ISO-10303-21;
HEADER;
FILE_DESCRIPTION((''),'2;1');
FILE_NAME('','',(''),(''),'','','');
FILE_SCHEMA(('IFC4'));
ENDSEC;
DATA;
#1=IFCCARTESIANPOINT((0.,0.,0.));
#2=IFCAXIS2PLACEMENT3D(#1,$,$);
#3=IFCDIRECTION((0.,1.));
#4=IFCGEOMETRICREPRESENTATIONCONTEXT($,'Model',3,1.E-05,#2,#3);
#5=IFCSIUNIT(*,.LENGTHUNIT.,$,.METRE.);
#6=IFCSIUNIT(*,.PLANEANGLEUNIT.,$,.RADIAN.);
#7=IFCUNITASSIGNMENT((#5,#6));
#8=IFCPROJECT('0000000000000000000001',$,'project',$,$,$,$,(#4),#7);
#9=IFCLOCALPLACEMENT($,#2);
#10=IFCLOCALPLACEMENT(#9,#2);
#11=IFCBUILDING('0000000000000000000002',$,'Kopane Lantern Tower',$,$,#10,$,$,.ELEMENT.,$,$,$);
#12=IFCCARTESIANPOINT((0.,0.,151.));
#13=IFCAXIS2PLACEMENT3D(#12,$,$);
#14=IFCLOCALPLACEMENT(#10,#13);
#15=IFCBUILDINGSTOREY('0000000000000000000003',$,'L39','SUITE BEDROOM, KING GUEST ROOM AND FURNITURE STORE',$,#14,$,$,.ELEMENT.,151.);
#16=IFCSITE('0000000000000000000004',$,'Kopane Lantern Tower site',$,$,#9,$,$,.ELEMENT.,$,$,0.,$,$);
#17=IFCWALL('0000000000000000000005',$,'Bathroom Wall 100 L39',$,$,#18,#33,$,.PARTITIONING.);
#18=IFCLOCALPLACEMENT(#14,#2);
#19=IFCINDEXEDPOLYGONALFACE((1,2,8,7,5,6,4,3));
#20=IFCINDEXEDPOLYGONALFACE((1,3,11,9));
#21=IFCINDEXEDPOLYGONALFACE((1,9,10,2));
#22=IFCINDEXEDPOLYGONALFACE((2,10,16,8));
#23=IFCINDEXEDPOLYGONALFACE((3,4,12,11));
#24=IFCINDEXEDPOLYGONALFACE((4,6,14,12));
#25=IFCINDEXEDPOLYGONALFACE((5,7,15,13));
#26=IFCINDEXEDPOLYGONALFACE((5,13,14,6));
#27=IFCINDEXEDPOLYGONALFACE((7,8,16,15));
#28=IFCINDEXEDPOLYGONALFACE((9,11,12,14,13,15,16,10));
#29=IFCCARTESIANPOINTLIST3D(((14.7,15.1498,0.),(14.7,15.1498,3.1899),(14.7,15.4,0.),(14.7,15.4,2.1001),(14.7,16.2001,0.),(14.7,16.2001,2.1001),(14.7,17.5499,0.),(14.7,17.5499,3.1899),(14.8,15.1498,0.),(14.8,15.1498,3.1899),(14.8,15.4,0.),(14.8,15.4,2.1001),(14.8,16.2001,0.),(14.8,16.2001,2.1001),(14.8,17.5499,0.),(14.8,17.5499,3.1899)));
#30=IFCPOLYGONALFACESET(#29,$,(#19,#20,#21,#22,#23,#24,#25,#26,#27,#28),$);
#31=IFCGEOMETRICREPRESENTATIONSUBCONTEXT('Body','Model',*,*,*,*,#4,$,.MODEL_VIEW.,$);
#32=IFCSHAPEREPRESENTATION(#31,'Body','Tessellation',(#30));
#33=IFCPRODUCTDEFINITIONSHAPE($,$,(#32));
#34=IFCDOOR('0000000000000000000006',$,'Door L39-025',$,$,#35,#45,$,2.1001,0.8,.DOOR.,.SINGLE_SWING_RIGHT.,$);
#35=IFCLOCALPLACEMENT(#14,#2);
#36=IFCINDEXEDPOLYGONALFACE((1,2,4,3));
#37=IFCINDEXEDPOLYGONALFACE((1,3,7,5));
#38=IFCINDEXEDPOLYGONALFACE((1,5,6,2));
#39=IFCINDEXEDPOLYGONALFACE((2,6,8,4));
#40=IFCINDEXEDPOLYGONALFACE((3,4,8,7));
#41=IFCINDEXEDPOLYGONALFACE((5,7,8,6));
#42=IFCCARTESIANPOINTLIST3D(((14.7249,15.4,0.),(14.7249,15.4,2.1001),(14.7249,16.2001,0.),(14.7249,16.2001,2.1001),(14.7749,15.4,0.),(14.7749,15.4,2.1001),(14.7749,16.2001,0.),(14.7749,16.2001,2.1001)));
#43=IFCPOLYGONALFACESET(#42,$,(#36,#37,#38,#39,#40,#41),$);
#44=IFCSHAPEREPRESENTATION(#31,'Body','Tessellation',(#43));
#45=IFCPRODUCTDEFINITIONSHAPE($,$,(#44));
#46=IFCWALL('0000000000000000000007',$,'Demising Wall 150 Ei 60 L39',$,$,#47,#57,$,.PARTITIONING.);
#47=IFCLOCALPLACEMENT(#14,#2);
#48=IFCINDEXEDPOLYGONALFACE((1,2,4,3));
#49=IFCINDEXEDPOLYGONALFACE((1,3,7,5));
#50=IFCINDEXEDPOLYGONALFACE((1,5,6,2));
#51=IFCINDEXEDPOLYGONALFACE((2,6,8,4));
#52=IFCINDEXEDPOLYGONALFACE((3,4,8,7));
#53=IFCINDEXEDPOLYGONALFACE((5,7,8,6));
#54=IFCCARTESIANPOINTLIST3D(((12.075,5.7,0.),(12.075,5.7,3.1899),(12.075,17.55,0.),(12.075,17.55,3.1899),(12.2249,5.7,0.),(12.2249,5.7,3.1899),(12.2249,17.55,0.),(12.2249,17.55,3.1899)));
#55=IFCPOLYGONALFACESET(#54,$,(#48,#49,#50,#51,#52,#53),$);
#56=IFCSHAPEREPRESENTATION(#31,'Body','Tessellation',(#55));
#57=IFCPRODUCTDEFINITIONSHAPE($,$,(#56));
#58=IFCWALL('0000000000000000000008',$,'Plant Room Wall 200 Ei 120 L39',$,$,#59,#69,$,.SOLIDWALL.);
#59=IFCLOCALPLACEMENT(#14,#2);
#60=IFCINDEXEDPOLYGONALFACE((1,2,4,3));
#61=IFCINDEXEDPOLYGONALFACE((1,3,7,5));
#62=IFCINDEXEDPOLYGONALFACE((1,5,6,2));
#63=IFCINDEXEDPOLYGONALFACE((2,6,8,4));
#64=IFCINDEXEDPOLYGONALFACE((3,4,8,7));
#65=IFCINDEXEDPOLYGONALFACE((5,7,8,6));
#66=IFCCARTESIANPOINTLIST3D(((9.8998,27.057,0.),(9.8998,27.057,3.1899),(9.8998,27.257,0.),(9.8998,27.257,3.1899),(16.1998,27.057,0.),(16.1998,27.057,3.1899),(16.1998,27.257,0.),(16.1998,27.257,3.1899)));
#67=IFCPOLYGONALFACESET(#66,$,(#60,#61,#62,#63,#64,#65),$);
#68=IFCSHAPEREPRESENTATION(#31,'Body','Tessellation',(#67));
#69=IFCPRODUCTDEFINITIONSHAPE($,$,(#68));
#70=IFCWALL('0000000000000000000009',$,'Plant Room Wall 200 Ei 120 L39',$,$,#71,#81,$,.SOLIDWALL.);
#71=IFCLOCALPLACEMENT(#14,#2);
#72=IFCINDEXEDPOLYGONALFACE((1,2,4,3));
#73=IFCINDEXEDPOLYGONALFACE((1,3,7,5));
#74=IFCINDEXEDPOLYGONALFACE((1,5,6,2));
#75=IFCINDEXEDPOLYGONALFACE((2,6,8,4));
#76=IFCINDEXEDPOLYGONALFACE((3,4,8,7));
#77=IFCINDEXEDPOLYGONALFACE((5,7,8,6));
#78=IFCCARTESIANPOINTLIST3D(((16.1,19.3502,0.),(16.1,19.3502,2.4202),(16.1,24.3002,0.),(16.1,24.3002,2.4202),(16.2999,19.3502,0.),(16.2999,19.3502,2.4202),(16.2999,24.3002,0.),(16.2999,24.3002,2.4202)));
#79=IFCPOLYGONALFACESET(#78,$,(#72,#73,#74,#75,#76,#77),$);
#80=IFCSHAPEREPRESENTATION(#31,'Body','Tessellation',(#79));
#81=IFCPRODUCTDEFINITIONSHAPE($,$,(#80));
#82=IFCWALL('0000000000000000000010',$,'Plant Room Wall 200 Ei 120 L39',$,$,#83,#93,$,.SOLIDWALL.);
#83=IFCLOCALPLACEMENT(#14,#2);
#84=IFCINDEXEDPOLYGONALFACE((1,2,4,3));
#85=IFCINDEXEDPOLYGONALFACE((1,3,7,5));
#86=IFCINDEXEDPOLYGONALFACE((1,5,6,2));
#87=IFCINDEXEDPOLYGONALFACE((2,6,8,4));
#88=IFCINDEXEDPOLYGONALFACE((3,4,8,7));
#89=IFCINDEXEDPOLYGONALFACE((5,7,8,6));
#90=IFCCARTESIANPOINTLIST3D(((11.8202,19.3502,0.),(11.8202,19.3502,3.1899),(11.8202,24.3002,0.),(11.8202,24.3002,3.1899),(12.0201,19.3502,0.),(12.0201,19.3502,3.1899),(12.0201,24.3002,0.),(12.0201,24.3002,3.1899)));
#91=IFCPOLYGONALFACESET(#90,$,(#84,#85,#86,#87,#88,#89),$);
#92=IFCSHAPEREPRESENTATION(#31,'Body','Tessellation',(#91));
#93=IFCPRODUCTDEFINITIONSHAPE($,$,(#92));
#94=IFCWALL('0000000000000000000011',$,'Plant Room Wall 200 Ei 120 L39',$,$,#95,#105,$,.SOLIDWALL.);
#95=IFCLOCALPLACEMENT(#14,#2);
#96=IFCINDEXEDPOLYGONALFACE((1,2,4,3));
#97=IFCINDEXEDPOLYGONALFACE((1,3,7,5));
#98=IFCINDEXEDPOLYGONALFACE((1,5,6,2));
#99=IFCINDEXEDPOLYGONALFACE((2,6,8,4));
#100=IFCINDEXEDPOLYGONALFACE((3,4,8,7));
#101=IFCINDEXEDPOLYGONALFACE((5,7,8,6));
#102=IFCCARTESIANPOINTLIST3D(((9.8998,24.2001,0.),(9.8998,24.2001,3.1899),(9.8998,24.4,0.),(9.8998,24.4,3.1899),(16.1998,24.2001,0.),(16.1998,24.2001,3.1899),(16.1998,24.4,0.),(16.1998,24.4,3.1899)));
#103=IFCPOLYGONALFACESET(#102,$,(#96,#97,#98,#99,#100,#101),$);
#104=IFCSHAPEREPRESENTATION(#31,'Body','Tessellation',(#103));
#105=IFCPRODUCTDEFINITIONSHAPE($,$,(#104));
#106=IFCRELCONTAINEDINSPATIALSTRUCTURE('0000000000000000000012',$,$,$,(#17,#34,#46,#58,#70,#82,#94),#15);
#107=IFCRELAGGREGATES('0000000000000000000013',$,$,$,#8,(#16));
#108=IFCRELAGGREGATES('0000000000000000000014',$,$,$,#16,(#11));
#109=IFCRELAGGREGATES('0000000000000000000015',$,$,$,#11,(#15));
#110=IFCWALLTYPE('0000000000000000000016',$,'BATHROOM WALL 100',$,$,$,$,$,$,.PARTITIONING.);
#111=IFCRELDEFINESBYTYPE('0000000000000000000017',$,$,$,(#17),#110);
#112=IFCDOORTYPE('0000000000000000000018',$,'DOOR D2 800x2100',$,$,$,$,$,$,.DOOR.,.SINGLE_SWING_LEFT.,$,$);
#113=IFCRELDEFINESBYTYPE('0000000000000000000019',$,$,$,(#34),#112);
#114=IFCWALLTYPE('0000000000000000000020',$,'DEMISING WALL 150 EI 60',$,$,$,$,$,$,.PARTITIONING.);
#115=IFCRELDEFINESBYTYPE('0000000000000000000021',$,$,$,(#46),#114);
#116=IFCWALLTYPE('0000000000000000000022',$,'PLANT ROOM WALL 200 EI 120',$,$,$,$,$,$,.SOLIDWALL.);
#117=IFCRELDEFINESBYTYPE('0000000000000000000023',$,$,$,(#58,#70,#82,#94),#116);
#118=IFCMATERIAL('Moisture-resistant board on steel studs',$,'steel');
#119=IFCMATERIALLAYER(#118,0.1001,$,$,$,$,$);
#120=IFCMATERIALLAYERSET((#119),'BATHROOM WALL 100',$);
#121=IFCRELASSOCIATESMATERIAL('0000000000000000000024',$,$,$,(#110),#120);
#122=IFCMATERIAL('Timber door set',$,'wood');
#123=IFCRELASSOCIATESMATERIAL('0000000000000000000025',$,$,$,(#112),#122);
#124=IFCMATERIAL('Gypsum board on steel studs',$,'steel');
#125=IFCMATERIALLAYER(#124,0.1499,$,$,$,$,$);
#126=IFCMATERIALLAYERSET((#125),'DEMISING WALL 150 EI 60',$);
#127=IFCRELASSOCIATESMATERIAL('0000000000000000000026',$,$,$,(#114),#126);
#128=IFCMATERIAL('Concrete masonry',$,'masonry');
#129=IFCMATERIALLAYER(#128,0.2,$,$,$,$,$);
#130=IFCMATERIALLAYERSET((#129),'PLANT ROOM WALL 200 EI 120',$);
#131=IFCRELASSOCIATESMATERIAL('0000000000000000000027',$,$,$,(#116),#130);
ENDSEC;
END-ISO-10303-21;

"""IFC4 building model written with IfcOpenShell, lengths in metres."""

from ifc_helpers import new_model, si_unit, direction, frame, frame_2d, origin, place, context, subcontext, project, spatial, rectangle, extrude, material, layer, layer_set, type_object, element, fill, save


model = new_model("IFC4")

# Units and contexts
model_context = context("Model", 3, precision=1e-05, world=origin(), true_north=direction((0.0, 1.0)))
body_context = subcontext(model_context, "Body", "Model", "MODEL_VIEW")
ifc_project = project(units=[si_unit("LENGTHUNIT", "METRE"), si_unit("PLANEANGLEUNIT", "RADIAN")], contexts=[model_context])

# Site, building, storey
site_placement = place(None, origin())
site = spatial("IfcSite", under=ifc_project, at=site_placement, Name="Kopane Lantern Tower site", CompositionType="ELEMENT", RefElevation=0.0)
building_placement = place(site_placement, origin())
building = spatial("IfcBuilding", under=site, at=building_placement, Name="Kopane Lantern Tower", CompositionType="ELEMENT")
storey_placement = place(building_placement, frame((0.0, 0.0, 151.0)))
storey = spatial("IfcBuildingStorey", under=building, at=storey_placement, Name="L39", Description="SUITE BEDROOM, KING GUEST ROOM AND FURNITURE STORE", CompositionType="ELEMENT", Elevation=151.0)

# Wall, opening, door
ifc_material_1 = material(Name="Moisture-resistant board on steel studs", Category="steel")
ifc_layer_1 = layer(ifc_material_1, 0.1001)
ifc_layer_set_1 = layer_set([ifc_layer_1], Name="BATHROOM WALL 100")
wall_type_1 = type_object("IfcWallType", Name="BATHROOM WALL 100", PredefinedType="PARTITIONING", material=ifc_layer_set_1)
wall_1_placement = place(storey_placement, frame((14.75, 17.55, 0.0), z_axis=(0.0, 0.0, 1.0), x_axis=(0.0, -1.0, 0.0)))
wall_1 = element("IfcWall", 1, at=wall_1_placement, inside=storey, type_object=wall_type_1, Name="Bathroom Wall 100 L39", PredefinedType="PARTITIONING", context=body_context, shape_type="SweptSolid", body=[
    extrude(rectangle(XDim=2.4001, YDim=0.1001, at=frame_2d((1.2002, 0.0))), origin(), (0.0, 0.0, 1.0), 3.1899),
])
opening_1_placement = place(wall_1_placement, frame((1.3501, 0.0, 0.0)))
opening_1 = element("IfcOpeningElement", 2, at=opening_1_placement, cuts=wall_1, PredefinedType="OPENING", context=body_context, shape_type="SweptSolid", body=[
    extrude(rectangle(XDim=0.8, YDim=2.1001, at=frame_2d((0.3999, 1.05))), frame((0.0, 0.0601, 0.0), z_axis=(0.0, -1.0, 0.0), x_axis=(1.0, 0.0, 0.0)), (0.0, 0.0, 1.0), 0.1201),
])
ifc_material_2 = material(Name="Timber door set", Category="wood")
door_type_1 = type_object("IfcDoorType", Name="DOOR D2 800x2100", OperationType="SINGLE_SWING_LEFT", PredefinedType="DOOR", material=ifc_material_2)
door_1_placement = place(opening_1_placement, origin())
door_1 = element("IfcDoor", 3, at=door_1_placement, inside=storey, type_object=door_type_1, Name="Door L39-025", OperationType="SINGLE_SWING_RIGHT", OverallHeight=2.1001, OverallWidth=0.8, PredefinedType="DOOR", context=body_context, shape_type="SweptSolid", body=[
    extrude(rectangle(XDim=0.8, YDim=2.1001, at=frame_2d((0.3999, 1.05))), frame((0.0, 0.0249, 0.0), z_axis=(0.0, -1.0, 0.0), x_axis=(1.0, 0.0, 0.0)), (0.0, 0.0, 1.0), 0.05),
])
fill(opening_1, door_1)

# Walls
ifc_material_3 = material(Name="Gypsum board on steel studs", Category="steel")
ifc_layer_2 = layer(ifc_material_3, 0.1499)
ifc_layer_set_2 = layer_set([ifc_layer_2], Name="DEMISING WALL 150 EI 60")
wall_type_2 = type_object("IfcWallType", Name="DEMISING WALL 150 EI 60", PredefinedType="PARTITIONING", material=ifc_layer_set_2)
wall_2_placement = place(storey_placement, frame((12.1499, 17.55, 0.0), z_axis=(0.0, 0.0, 1.0), x_axis=(0.0, -1.0, 0.0)))
element("IfcWall", 4, at=wall_2_placement, inside=storey, type_object=wall_type_2, Name="Demising Wall 150 Ei 60 L39", PredefinedType="PARTITIONING", context=body_context, shape_type="SweptSolid", body=[
    extrude(rectangle(XDim=11.8501, YDim=0.1499, at=frame_2d((5.925, 0.0))), origin(), (0.0, 0.0, 1.0), 3.1899),
])
ifc_material_4 = material(Name="Concrete masonry", Category="masonry")
ifc_layer_3 = layer(ifc_material_4, 0.2)
ifc_layer_set_3 = layer_set([ifc_layer_3], Name="PLANT ROOM WALL 200 EI 120")
wall_type_3 = type_object("IfcWallType", Name="PLANT ROOM WALL 200 EI 120", PredefinedType="SOLIDWALL", material=ifc_layer_set_3)
wall_3_placement = place(storey_placement, frame((9.8999, 27.157, 0.0), z_axis=(0.0, 0.0, 1.0), x_axis=(1.0, 0.0, 0.0)))
element("IfcWall", 5, at=wall_3_placement, inside=storey, type_object=wall_type_3, Name="Plant Room Wall 200 Ei 120 L39", PredefinedType="SOLIDWALL", context=body_context, shape_type="SweptSolid", body=[
    extrude(rectangle(XDim=6.3, YDim=0.2, at=frame_2d((3.1499, 0.0))), origin(), (0.0, 0.0, 1.0), 3.1899),
])
wall_4_placement = place(storey_placement, frame((16.2, 19.3501, 0.0), z_axis=(0.0, 0.0, 1.0), x_axis=(0.0, 1.0, 0.0)))
element("IfcWall", 6, at=wall_4_placement, inside=storey, type_object=wall_type_3, Name="Plant Room Wall 200 Ei 120 L39", PredefinedType="SOLIDWALL", context=body_context, shape_type="SweptSolid", body=[
    extrude(rectangle(XDim=4.95, YDim=0.2, at=frame_2d((2.4751, 0.0))), origin(), (0.0, 0.0, 1.0), 2.4202),
])
wall_5_placement = place(storey_placement, frame((11.9202, 19.3501, 0.0), z_axis=(0.0, 0.0, 1.0), x_axis=(0.0, 1.0, 0.0)))
element("IfcWall", 7, at=wall_5_placement, inside=storey, type_object=wall_type_3, Name="Plant Room Wall 200 Ei 120 L39", PredefinedType="SOLIDWALL", context=body_context, shape_type="SweptSolid", body=[
    extrude(rectangle(XDim=4.95, YDim=0.2, at=frame_2d((2.4751, 0.0))), origin(), (0.0, 0.0, 1.0), 3.1899),
])
wall_6_placement = place(storey_placement, frame((9.8999, 24.3, 0.0), z_axis=(0.0, 0.0, 1.0), x_axis=(1.0, 0.0, 0.0)))
element("IfcWall", 8, at=wall_6_placement, inside=storey, type_object=wall_type_3, Name="Plant Room Wall 200 Ei 120 L39", PredefinedType="SOLIDWALL", context=body_context, shape_type="SweptSolid", body=[
    extrude(rectangle(XDim=6.3, YDim=0.2, at=frame_2d((3.1499, 0.0))), origin(), (0.0, 0.0, 1.0), 3.1899),
])

save(model, "model.ifc")
